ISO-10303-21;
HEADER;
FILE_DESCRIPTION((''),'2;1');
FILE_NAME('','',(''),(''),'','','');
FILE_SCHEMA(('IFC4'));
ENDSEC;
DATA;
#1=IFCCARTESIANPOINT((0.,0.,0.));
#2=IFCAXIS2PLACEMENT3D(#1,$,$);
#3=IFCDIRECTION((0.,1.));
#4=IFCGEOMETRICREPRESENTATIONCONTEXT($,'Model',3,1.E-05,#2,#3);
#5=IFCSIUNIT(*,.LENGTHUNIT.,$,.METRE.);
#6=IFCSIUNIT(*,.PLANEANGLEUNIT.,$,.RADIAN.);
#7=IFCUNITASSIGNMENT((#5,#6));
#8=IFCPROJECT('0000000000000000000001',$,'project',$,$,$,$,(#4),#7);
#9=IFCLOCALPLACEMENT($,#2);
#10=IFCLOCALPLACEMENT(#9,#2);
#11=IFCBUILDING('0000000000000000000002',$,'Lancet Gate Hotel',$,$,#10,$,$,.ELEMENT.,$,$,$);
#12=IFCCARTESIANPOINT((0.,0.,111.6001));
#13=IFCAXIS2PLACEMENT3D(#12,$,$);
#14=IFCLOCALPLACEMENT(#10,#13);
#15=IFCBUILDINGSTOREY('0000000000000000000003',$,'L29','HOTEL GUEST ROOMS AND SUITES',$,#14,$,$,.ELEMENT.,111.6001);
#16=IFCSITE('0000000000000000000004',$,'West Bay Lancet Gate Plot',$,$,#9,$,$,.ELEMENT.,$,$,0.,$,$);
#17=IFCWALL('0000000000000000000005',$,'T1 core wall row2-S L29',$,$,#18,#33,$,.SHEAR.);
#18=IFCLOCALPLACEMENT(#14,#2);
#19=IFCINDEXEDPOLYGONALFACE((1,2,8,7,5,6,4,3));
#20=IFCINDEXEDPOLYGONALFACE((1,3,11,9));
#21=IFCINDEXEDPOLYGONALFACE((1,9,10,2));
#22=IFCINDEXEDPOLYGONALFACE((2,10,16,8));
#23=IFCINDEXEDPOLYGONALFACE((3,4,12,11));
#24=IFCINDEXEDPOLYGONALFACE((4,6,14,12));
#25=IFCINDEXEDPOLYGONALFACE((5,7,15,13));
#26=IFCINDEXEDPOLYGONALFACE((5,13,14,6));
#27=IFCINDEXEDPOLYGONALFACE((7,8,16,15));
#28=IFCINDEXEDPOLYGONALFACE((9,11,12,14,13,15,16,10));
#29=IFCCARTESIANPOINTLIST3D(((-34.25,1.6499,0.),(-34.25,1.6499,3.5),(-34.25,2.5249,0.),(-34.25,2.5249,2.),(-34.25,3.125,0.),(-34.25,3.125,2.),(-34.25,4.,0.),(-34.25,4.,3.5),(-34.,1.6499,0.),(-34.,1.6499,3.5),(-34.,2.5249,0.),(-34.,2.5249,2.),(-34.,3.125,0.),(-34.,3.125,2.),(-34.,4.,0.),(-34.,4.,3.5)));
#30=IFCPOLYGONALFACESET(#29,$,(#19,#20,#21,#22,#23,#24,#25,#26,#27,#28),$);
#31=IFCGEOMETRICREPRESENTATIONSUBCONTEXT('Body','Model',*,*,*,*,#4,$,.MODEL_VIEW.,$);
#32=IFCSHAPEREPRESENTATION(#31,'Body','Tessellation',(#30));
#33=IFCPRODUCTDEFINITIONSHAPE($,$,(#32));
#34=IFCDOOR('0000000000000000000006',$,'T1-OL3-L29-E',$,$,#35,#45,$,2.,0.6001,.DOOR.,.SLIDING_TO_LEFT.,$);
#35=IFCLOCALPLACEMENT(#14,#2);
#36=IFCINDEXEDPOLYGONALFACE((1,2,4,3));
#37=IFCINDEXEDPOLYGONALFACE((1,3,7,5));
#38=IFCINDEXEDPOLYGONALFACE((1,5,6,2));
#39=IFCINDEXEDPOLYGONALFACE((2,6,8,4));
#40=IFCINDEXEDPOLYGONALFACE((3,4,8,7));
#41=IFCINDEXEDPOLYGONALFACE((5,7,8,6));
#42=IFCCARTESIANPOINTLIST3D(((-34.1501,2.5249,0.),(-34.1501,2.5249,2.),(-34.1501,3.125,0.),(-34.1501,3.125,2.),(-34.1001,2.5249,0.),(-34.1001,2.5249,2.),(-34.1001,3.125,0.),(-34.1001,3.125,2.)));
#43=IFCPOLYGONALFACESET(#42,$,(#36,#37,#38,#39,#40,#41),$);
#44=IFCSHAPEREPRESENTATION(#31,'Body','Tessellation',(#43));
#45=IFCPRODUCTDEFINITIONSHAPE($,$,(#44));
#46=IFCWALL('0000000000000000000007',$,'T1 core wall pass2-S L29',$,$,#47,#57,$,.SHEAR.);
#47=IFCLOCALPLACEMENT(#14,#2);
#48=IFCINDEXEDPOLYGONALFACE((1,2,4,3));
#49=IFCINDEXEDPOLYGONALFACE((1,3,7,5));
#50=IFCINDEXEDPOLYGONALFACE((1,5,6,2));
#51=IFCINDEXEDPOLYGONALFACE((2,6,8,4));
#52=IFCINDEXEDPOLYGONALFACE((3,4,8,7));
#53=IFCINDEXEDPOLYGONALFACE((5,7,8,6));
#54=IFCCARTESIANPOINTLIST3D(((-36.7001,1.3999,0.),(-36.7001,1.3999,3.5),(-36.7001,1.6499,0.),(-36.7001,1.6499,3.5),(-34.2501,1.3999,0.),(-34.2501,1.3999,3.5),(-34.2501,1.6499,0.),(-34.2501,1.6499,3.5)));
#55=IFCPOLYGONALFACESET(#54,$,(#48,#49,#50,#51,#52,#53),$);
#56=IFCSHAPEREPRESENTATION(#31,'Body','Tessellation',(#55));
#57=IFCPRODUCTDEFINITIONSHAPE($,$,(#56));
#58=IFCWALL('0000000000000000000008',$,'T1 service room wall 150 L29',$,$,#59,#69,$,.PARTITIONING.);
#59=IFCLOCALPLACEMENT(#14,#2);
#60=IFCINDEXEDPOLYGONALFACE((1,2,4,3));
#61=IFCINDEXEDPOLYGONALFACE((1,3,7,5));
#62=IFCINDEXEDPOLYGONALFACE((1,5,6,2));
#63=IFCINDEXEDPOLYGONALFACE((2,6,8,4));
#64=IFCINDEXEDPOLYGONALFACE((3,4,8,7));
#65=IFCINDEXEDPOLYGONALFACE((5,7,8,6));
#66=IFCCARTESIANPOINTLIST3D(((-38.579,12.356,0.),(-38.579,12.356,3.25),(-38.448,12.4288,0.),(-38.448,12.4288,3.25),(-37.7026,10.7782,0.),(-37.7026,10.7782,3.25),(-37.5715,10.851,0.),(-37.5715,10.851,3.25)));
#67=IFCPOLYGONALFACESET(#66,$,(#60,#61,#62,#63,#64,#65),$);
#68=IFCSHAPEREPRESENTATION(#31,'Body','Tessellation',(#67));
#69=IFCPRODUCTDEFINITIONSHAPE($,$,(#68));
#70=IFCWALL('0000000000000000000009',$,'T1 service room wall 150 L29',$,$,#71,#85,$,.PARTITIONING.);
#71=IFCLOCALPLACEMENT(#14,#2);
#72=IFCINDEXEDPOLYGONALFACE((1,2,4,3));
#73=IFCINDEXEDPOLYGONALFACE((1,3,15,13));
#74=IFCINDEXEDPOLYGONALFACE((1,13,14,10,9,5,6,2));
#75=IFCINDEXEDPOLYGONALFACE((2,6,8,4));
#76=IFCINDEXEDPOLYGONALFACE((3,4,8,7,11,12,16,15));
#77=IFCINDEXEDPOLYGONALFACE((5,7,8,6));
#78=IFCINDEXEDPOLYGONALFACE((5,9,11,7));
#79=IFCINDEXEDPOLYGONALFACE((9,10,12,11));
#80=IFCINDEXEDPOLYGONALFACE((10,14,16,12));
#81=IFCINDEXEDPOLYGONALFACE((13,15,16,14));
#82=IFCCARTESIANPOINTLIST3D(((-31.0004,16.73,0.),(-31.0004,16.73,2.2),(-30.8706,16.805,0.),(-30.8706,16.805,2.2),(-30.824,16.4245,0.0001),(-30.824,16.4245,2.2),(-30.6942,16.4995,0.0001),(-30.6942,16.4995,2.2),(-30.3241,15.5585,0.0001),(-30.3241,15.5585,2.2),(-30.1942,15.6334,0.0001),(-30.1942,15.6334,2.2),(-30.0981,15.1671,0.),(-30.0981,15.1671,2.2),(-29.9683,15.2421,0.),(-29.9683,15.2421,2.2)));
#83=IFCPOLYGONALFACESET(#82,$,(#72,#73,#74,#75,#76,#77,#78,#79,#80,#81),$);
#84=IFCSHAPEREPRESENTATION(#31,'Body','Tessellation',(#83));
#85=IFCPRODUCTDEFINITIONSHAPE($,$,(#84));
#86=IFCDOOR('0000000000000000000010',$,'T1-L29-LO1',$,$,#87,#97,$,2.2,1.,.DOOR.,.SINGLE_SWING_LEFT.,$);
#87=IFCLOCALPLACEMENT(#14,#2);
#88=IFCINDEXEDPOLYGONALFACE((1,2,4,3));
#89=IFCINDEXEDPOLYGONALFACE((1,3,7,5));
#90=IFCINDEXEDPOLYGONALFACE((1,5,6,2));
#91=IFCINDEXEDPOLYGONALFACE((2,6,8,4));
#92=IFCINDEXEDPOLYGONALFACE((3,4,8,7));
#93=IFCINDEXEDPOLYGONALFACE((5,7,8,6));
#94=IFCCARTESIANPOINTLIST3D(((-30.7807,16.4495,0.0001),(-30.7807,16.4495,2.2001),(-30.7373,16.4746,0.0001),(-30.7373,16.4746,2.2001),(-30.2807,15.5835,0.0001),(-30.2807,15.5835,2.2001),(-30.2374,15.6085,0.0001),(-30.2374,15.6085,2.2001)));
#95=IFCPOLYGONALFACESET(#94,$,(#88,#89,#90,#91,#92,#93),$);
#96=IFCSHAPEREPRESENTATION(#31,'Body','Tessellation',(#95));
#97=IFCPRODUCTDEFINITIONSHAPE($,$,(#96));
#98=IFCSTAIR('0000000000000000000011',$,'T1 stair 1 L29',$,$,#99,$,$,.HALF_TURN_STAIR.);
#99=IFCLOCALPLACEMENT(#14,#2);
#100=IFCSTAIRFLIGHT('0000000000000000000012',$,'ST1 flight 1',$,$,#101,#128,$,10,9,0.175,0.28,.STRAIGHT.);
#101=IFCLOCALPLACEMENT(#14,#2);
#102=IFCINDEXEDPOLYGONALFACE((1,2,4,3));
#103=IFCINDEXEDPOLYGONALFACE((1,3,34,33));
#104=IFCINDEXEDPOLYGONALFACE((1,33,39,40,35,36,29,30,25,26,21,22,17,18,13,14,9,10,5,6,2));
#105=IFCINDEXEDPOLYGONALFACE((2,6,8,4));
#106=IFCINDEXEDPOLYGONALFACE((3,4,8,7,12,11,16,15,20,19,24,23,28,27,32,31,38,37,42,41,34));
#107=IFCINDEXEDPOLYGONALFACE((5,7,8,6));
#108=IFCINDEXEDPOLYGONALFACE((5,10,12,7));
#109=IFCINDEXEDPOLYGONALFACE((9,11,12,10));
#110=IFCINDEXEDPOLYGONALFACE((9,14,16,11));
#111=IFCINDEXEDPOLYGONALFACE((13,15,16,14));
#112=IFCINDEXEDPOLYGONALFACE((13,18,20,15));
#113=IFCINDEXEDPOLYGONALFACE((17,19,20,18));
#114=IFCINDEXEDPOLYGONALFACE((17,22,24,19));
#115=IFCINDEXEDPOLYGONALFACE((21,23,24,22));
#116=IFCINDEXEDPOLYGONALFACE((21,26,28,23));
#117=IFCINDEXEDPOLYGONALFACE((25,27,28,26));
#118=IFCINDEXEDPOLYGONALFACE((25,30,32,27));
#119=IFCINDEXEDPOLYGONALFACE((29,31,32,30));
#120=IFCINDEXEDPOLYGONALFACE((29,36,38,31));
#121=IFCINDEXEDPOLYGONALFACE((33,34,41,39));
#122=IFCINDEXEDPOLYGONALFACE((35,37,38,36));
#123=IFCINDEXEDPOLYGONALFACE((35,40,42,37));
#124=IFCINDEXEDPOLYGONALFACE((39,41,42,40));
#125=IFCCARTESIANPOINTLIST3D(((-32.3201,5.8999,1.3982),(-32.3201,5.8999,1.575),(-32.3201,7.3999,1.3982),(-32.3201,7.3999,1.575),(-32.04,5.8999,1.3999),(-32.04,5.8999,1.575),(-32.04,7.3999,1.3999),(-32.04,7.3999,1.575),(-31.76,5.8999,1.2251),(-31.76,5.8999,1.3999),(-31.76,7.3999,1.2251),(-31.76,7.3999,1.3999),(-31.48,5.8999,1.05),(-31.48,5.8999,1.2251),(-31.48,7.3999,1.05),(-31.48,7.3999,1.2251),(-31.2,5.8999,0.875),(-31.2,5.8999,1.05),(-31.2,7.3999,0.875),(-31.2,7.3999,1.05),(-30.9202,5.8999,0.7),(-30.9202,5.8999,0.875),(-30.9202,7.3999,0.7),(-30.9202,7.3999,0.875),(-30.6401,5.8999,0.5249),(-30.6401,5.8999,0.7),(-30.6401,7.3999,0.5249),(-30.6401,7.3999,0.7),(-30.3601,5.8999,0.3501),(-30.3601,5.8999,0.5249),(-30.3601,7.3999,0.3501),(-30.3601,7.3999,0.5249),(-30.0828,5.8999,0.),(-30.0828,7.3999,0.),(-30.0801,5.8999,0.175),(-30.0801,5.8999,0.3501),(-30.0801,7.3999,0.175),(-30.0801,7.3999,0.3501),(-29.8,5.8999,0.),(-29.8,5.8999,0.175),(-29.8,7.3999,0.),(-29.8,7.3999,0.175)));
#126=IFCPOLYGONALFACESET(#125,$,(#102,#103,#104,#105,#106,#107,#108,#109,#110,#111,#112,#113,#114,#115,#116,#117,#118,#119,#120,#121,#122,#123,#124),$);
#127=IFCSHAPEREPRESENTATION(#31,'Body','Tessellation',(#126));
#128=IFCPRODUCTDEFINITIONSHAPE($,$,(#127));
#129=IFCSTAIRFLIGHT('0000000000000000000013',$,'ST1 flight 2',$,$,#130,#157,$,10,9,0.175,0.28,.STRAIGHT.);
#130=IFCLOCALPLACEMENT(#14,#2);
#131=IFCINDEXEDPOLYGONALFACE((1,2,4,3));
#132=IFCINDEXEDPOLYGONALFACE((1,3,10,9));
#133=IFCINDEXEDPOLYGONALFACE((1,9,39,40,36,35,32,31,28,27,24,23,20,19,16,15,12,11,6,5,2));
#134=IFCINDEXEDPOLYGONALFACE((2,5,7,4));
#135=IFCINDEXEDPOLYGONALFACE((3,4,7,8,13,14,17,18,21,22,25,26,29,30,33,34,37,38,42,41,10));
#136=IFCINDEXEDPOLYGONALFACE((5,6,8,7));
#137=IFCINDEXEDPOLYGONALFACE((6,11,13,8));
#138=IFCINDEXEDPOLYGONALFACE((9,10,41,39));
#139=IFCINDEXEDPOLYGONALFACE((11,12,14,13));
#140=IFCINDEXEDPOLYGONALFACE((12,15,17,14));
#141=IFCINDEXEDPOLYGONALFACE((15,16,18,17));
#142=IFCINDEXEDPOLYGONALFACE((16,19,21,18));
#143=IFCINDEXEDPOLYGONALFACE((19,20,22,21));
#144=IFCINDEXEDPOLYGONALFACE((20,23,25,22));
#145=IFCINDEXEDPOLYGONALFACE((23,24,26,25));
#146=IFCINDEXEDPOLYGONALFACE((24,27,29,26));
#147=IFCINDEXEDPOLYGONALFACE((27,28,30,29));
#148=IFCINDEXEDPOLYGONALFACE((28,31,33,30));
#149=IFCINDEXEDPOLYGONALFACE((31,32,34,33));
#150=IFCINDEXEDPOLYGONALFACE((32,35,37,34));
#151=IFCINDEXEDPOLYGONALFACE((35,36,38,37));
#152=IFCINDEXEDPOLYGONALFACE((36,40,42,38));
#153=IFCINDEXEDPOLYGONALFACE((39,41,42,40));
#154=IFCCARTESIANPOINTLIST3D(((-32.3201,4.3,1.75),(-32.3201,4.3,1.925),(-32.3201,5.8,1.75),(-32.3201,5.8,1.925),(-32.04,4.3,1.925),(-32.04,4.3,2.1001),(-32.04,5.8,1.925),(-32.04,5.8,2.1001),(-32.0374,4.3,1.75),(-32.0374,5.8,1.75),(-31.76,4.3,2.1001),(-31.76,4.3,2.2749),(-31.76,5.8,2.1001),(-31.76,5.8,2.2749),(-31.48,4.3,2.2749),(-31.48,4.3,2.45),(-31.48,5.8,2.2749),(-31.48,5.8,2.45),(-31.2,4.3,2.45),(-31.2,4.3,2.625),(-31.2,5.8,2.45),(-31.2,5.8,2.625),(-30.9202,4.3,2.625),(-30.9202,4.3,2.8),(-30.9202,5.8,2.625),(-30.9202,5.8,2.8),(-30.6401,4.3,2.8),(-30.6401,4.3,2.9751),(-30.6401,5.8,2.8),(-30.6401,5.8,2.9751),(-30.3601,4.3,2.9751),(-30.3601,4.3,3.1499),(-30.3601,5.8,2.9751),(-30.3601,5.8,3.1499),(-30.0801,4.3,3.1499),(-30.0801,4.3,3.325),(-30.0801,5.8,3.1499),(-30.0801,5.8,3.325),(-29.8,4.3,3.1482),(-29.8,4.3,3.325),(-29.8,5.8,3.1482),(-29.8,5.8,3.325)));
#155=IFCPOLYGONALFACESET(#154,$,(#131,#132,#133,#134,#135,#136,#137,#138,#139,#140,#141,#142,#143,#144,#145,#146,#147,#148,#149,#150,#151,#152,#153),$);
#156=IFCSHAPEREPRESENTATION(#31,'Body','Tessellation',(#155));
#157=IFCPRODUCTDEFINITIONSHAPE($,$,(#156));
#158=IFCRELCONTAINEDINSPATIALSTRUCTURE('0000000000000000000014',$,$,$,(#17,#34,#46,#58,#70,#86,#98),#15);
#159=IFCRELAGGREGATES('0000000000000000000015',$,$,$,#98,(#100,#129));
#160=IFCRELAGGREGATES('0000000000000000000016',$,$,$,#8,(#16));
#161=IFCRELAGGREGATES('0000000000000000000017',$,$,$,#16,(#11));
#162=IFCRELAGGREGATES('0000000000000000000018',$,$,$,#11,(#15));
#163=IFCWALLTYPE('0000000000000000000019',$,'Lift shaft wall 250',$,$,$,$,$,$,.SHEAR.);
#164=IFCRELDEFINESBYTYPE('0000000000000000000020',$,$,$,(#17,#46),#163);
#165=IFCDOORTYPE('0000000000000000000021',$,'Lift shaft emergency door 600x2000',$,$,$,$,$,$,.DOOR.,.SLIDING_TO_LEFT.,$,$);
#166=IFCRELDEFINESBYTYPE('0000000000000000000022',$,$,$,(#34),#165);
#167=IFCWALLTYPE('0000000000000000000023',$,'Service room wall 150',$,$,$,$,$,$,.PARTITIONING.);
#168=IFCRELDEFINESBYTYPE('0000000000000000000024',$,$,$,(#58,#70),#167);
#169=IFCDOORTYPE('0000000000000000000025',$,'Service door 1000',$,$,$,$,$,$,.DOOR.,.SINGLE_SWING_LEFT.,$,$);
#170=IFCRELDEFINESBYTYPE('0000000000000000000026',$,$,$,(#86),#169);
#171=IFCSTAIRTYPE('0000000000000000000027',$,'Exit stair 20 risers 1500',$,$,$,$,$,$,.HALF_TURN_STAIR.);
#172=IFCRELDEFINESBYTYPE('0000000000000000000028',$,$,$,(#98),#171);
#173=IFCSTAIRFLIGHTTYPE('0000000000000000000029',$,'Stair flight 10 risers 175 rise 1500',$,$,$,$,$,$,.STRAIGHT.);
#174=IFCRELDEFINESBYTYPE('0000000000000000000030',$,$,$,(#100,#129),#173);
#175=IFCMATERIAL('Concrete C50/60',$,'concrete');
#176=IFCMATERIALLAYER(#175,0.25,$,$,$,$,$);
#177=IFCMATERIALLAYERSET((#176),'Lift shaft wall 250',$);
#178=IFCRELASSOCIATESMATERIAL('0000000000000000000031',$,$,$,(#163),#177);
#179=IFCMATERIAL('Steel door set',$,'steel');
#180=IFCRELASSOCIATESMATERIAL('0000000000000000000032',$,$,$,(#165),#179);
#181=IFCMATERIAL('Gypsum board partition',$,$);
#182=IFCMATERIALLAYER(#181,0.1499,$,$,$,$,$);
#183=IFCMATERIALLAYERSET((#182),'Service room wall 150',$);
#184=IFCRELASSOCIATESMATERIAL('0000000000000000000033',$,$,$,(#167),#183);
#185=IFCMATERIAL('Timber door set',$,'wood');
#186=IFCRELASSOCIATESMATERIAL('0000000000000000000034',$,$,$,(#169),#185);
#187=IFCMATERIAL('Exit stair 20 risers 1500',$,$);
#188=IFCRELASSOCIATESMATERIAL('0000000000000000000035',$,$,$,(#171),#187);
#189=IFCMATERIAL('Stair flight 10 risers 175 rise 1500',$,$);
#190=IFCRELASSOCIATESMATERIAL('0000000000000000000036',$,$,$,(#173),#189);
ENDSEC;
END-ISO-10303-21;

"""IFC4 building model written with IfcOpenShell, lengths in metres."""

from ifc_helpers import new_model, si_unit, direction, frame, frame_2d, origin, place, context, subcontext, project, spatial, polyline, rectangle, outline, extrude, material, layer, layer_set, type_object, element, fill, aggregate, save


model = new_model("IFC4")

# Units and contexts
model_context = context("Model", 3, precision=1e-05, world=origin(), true_north=direction((0.0, 1.0)))
body_context = subcontext(model_context, "Body", "Model", "MODEL_VIEW")
ifc_project = project(units=[si_unit("LENGTHUNIT", "METRE"), si_unit("PLANEANGLEUNIT", "RADIAN")], contexts=[model_context])

# Site, building, storey
site_placement = place(None, origin())
site = spatial("IfcSite", under=ifc_project, at=site_placement, Name="West Bay Lancet Gate Plot", CompositionType="ELEMENT", RefElevation=0.0)
building_placement = place(site_placement, origin())
building = spatial("IfcBuilding", under=site, at=building_placement, Name="Lancet Gate Hotel", CompositionType="ELEMENT")
storey_placement = place(building_placement, frame((0.0, 0.0, 111.6001)))
storey = spatial("IfcBuildingStorey", under=building, at=storey_placement, Name="L29", Description="HOTEL GUEST ROOMS AND SUITES", CompositionType="ELEMENT", Elevation=111.6001)

# Wall, opening, door
ifc_material_1 = material(Name="Concrete C50/60", Category="concrete")
ifc_layer_1 = layer(ifc_material_1, 0.25)
ifc_layer_set_1 = layer_set([ifc_layer_1], Name="Lift shaft wall 250")
wall_type_1 = type_object("IfcWallType", Name="Lift shaft wall 250", PredefinedType="SHEAR", material=ifc_layer_set_1)
wall_1_placement = place(storey_placement, frame((-34.125, 4.0, 0.0), z_axis=(0.0, 0.0, 1.0), x_axis=(0.0, -1.0, 0.0)))
wall_1 = element("IfcWall", 1, at=wall_1_placement, inside=storey, type_object=wall_type_1, Name="T1 core wall row2-S L29", PredefinedType="SHEAR", context=body_context, shape_type="SweptSolid", body=[
    extrude(rectangle(XDim=2.3501, YDim=0.25, at=frame_2d((1.175, 0.0))), origin(), (0.0, 0.0, 1.0), 3.5),
])
opening_1_placement = place(wall_1_placement, frame((0.875, 0.0, 0.0)))
opening_1 = element("IfcOpeningElement", 2, at=opening_1_placement, cuts=wall_1, PredefinedType="OPENING", context=body_context, shape_type="SweptSolid", body=[
    extrude(rectangle(XDim=0.6001, YDim=2.0, at=frame_2d((0.3, 1.0))), frame((0.0, 0.135, 0.0), z_axis=(0.0, -1.0, 0.0), x_axis=(1.0, 0.0, 0.0)), (0.0, 0.0, 1.0), 0.27),
])
ifc_material_2 = material(Name="Steel door set", Category="steel")
door_type_1 = type_object("IfcDoorType", Name="Lift shaft emergency door 600x2000", OperationType="SLIDING_TO_LEFT", PredefinedType="DOOR", material=ifc_material_2)
door_1_placement = place(opening_1_placement, origin())
door_1 = element("IfcDoor", 3, at=door_1_placement, inside=storey, type_object=door_type_1, Name="T1-OL3-L29-E", OperationType="SLIDING_TO_LEFT", OverallHeight=2.0, OverallWidth=0.6001, PredefinedType="DOOR", context=body_context, shape_type="SweptSolid", body=[
    extrude(rectangle(XDim=0.6001, YDim=2.0, at=frame_2d((0.3, 1.0))), frame((0.0, 0.0249, 0.0), z_axis=(0.0, -1.0, 0.0), x_axis=(1.0, 0.0, 0.0)), (0.0, 0.0, 1.0), 0.05),
])
fill(opening_1, door_1)

# Walls
wall_2_placement = place(storey_placement, frame((-34.25, 1.5249, 0.0), z_axis=(0.0, 0.0, 1.0), x_axis=(-1.0, 0.0, 0.0)))
element("IfcWall", 4, at=wall_2_placement, inside=storey, type_object=wall_type_1, Name="T1 core wall pass2-S L29", PredefinedType="SHEAR", context=body_context, shape_type="SweptSolid", body=[
    extrude(rectangle(XDim=2.45, YDim=0.25, at=frame_2d((1.2251, 0.0))), origin(), (0.0, 0.0, 1.0), 3.5),
])
ifc_material_3 = material(Name="Gypsum board partition")
ifc_layer_2 = layer(ifc_material_3, 0.1499)
ifc_layer_set_2 = layer_set([ifc_layer_2], Name="Service room wall 150")
wall_type_2 = type_object("IfcWallType", Name="Service room wall 150", PredefinedType="PARTITIONING", material=ifc_layer_set_2)
wall_3_placement = place(storey_placement, frame((-38.5134, 12.3923, 0.0), z_axis=(0.0, 0.0, 1.0), x_axis=(0.485586, -0.874189, 0.0)))
element("IfcWall", 5, at=wall_3_placement, inside=storey, type_object=wall_type_2, Name="T1 service room wall 150 L29", PredefinedType="PARTITIONING", context=body_context, shape_type="SweptSolid", body=[
    extrude(rectangle(XDim=1.8049, YDim=0.1499, at=frame_2d((0.9023, 0.0))), origin(), (0.0, 0.0, 1.0), 3.25),
])

# Wall, opening, door
wall_4_placement = place(storey_placement, frame((-30.0332, 15.2046, 0.0), z_axis=(0.0, 0.0, 1.0), x_axis=(-0.49998, 0.866037, 0.0)))
wall_4 = element("IfcWall", 6, at=wall_4_placement, inside=storey, type_object=wall_type_2, Name="T1 service room wall 150 L29", PredefinedType="PARTITIONING", context=body_context, shape_type="SweptSolid", body=[
    extrude(rectangle(XDim=1.8047, YDim=0.1499, at=frame_2d((0.9023, 0.0))), origin(), (0.0, 0.0, 1.0), 2.2),
])
opening_2_placement = place(wall_4_placement, frame((0.4519, 0.0, 0.0)))
opening_2 = element("IfcOpeningElement", 7, at=opening_2_placement, cuts=wall_4, PredefinedType="OPENING", context=body_context, shape_type="SweptSolid", body=[
    extrude(rectangle(XDim=1.0, YDim=2.2, at=frame_2d((0.5, 1.1001))), frame((0.0, 0.085, 0.0), z_axis=(0.0, -1.0, 0.0), x_axis=(1.0, 0.0, 0.0)), (0.0, 0.0, 1.0), 0.1699),
])
ifc_material_4 = material(Name="Timber door set", Category="wood")
door_type_2 = type_object("IfcDoorType", Name="Service door 1000", OperationType="SINGLE_SWING_LEFT", PredefinedType="DOOR", material=ifc_material_4)
door_2_placement = place(opening_2_placement, origin())
door_2 = element("IfcDoor", 8, at=door_2_placement, inside=storey, type_object=door_type_2, Name="T1-L29-LO1", OperationType="SINGLE_SWING_LEFT", OverallHeight=2.2, OverallWidth=1.0, PredefinedType="DOOR", context=body_context, shape_type="SweptSolid", body=[
    extrude(rectangle(XDim=1.0, YDim=2.2, at=frame_2d((0.5, 1.1001))), frame((0.0, 0.0249, 0.0), z_axis=(0.0, -1.0, 0.0), x_axis=(1.0, 0.0, 0.0)), (0.0, 0.0, 1.0), 0.05),
])
fill(opening_2, door_2)

# Stair, stair flights
ifc_material_5 = material(Name="Exit stair 20 risers 1500")
stair_type = type_object("IfcStairType", Name="Exit stair 20 risers 1500", PredefinedType="HALF_TURN_STAIR", material=ifc_material_5)
stair_placement = place(storey_placement, origin())
stair = element("IfcStair", 9, at=stair_placement, inside=storey, type_object=stair_type, Name="T1 stair 1 L29", PredefinedType="HALF_TURN_STAIR")
ifc_material_6 = material(Name="Stair flight 10 risers 175 rise 1500")
stair_flight_type = type_object("IfcStairFlightType", Name="Stair flight 10 risers 175 rise 1500", PredefinedType="STRAIGHT", material=ifc_material_6)
stair_flight_1_placement = place(storey_placement, frame((-29.8, 6.6499, 0.0), z_axis=(0.0, 0.0, 1.0), x_axis=(-1.0, 0.0, 0.0)))
stair_flight_1 = element("IfcStairFlight", 10, at=stair_flight_1_placement, type_object=stair_flight_type, Name="ST1 flight 1", NumberOfRisers=10, NumberOfTreads=9, PredefinedType="STRAIGHT", RiserHeight=0.175, TreadLength=0.28, context=body_context, shape_type="SweptSolid", body=[
    extrude(outline(polyline([(0.0, 0.0), (0.0, 0.175), (0.28, 0.175), (0.28, 0.3501), (0.5601, 0.3501), (0.5601, 0.5249), (0.8401, 0.5249), (0.8401, 0.7), (1.1201, 0.7), (1.1201, 0.875), (1.3999, 0.875), (1.3999, 1.05), (1.6799, 1.05), (1.6799, 1.2251), (1.96, 1.2251), (1.96, 1.3999), (2.24, 1.3999), (2.24, 1.575), (2.52, 1.575), (2.52, 1.75), (2.52, 1.3982), (0.2827, 0.0), (0.0, 0.0)])), frame((0.0, 0.75, 0.0), z_axis=(0.0, -1.0, 0.0), x_axis=(1.0, 0.0, 0.0)), (0.0, 0.0, 1.0), 1.5),
])
stair_flight_2_placement = place(storey_placement, frame((-32.3201, 5.05, 1.75), z_axis=(0.0, 0.0, 1.0), x_axis=(1.0, 0.0, 0.0)))
stair_flight_2 = element("IfcStairFlight", 11, at=stair_flight_2_placement, type_object=stair_flight_type, Name="ST1 flight 2", NumberOfRisers=10, NumberOfTreads=9, PredefinedType="STRAIGHT", RiserHeight=0.175, TreadLength=0.28, context=body_context, shape_type="SweptSolid", body=[
    extrude(outline(polyline([(0.0, 0.0), (0.0, 0.175), (0.28, 0.175), (0.28, 0.3501), (0.5601, 0.3501), (0.5601, 0.5249), (0.8401, 0.5249), (0.8401, 0.7), (1.1201, 0.7), (1.1201, 0.875), (1.3999, 0.875), (1.3999, 1.05), (1.6799, 1.05), (1.6799, 1.2251), (1.96, 1.2251), (1.96, 1.3999), (2.24, 1.3999), (2.24, 1.575), (2.52, 1.575), (2.52, 1.75), (2.52, 1.3982), (0.2827, 0.0), (0.0, 0.0)])), frame((0.0, 0.75, 0.0), z_axis=(0.0, -1.0, 0.0), x_axis=(1.0, 0.0, 0.0)), (0.0, 0.0, 1.0), 1.5),
])
aggregate(stair, [stair_flight_1, stair_flight_2])

save(model, "model.ifc")
